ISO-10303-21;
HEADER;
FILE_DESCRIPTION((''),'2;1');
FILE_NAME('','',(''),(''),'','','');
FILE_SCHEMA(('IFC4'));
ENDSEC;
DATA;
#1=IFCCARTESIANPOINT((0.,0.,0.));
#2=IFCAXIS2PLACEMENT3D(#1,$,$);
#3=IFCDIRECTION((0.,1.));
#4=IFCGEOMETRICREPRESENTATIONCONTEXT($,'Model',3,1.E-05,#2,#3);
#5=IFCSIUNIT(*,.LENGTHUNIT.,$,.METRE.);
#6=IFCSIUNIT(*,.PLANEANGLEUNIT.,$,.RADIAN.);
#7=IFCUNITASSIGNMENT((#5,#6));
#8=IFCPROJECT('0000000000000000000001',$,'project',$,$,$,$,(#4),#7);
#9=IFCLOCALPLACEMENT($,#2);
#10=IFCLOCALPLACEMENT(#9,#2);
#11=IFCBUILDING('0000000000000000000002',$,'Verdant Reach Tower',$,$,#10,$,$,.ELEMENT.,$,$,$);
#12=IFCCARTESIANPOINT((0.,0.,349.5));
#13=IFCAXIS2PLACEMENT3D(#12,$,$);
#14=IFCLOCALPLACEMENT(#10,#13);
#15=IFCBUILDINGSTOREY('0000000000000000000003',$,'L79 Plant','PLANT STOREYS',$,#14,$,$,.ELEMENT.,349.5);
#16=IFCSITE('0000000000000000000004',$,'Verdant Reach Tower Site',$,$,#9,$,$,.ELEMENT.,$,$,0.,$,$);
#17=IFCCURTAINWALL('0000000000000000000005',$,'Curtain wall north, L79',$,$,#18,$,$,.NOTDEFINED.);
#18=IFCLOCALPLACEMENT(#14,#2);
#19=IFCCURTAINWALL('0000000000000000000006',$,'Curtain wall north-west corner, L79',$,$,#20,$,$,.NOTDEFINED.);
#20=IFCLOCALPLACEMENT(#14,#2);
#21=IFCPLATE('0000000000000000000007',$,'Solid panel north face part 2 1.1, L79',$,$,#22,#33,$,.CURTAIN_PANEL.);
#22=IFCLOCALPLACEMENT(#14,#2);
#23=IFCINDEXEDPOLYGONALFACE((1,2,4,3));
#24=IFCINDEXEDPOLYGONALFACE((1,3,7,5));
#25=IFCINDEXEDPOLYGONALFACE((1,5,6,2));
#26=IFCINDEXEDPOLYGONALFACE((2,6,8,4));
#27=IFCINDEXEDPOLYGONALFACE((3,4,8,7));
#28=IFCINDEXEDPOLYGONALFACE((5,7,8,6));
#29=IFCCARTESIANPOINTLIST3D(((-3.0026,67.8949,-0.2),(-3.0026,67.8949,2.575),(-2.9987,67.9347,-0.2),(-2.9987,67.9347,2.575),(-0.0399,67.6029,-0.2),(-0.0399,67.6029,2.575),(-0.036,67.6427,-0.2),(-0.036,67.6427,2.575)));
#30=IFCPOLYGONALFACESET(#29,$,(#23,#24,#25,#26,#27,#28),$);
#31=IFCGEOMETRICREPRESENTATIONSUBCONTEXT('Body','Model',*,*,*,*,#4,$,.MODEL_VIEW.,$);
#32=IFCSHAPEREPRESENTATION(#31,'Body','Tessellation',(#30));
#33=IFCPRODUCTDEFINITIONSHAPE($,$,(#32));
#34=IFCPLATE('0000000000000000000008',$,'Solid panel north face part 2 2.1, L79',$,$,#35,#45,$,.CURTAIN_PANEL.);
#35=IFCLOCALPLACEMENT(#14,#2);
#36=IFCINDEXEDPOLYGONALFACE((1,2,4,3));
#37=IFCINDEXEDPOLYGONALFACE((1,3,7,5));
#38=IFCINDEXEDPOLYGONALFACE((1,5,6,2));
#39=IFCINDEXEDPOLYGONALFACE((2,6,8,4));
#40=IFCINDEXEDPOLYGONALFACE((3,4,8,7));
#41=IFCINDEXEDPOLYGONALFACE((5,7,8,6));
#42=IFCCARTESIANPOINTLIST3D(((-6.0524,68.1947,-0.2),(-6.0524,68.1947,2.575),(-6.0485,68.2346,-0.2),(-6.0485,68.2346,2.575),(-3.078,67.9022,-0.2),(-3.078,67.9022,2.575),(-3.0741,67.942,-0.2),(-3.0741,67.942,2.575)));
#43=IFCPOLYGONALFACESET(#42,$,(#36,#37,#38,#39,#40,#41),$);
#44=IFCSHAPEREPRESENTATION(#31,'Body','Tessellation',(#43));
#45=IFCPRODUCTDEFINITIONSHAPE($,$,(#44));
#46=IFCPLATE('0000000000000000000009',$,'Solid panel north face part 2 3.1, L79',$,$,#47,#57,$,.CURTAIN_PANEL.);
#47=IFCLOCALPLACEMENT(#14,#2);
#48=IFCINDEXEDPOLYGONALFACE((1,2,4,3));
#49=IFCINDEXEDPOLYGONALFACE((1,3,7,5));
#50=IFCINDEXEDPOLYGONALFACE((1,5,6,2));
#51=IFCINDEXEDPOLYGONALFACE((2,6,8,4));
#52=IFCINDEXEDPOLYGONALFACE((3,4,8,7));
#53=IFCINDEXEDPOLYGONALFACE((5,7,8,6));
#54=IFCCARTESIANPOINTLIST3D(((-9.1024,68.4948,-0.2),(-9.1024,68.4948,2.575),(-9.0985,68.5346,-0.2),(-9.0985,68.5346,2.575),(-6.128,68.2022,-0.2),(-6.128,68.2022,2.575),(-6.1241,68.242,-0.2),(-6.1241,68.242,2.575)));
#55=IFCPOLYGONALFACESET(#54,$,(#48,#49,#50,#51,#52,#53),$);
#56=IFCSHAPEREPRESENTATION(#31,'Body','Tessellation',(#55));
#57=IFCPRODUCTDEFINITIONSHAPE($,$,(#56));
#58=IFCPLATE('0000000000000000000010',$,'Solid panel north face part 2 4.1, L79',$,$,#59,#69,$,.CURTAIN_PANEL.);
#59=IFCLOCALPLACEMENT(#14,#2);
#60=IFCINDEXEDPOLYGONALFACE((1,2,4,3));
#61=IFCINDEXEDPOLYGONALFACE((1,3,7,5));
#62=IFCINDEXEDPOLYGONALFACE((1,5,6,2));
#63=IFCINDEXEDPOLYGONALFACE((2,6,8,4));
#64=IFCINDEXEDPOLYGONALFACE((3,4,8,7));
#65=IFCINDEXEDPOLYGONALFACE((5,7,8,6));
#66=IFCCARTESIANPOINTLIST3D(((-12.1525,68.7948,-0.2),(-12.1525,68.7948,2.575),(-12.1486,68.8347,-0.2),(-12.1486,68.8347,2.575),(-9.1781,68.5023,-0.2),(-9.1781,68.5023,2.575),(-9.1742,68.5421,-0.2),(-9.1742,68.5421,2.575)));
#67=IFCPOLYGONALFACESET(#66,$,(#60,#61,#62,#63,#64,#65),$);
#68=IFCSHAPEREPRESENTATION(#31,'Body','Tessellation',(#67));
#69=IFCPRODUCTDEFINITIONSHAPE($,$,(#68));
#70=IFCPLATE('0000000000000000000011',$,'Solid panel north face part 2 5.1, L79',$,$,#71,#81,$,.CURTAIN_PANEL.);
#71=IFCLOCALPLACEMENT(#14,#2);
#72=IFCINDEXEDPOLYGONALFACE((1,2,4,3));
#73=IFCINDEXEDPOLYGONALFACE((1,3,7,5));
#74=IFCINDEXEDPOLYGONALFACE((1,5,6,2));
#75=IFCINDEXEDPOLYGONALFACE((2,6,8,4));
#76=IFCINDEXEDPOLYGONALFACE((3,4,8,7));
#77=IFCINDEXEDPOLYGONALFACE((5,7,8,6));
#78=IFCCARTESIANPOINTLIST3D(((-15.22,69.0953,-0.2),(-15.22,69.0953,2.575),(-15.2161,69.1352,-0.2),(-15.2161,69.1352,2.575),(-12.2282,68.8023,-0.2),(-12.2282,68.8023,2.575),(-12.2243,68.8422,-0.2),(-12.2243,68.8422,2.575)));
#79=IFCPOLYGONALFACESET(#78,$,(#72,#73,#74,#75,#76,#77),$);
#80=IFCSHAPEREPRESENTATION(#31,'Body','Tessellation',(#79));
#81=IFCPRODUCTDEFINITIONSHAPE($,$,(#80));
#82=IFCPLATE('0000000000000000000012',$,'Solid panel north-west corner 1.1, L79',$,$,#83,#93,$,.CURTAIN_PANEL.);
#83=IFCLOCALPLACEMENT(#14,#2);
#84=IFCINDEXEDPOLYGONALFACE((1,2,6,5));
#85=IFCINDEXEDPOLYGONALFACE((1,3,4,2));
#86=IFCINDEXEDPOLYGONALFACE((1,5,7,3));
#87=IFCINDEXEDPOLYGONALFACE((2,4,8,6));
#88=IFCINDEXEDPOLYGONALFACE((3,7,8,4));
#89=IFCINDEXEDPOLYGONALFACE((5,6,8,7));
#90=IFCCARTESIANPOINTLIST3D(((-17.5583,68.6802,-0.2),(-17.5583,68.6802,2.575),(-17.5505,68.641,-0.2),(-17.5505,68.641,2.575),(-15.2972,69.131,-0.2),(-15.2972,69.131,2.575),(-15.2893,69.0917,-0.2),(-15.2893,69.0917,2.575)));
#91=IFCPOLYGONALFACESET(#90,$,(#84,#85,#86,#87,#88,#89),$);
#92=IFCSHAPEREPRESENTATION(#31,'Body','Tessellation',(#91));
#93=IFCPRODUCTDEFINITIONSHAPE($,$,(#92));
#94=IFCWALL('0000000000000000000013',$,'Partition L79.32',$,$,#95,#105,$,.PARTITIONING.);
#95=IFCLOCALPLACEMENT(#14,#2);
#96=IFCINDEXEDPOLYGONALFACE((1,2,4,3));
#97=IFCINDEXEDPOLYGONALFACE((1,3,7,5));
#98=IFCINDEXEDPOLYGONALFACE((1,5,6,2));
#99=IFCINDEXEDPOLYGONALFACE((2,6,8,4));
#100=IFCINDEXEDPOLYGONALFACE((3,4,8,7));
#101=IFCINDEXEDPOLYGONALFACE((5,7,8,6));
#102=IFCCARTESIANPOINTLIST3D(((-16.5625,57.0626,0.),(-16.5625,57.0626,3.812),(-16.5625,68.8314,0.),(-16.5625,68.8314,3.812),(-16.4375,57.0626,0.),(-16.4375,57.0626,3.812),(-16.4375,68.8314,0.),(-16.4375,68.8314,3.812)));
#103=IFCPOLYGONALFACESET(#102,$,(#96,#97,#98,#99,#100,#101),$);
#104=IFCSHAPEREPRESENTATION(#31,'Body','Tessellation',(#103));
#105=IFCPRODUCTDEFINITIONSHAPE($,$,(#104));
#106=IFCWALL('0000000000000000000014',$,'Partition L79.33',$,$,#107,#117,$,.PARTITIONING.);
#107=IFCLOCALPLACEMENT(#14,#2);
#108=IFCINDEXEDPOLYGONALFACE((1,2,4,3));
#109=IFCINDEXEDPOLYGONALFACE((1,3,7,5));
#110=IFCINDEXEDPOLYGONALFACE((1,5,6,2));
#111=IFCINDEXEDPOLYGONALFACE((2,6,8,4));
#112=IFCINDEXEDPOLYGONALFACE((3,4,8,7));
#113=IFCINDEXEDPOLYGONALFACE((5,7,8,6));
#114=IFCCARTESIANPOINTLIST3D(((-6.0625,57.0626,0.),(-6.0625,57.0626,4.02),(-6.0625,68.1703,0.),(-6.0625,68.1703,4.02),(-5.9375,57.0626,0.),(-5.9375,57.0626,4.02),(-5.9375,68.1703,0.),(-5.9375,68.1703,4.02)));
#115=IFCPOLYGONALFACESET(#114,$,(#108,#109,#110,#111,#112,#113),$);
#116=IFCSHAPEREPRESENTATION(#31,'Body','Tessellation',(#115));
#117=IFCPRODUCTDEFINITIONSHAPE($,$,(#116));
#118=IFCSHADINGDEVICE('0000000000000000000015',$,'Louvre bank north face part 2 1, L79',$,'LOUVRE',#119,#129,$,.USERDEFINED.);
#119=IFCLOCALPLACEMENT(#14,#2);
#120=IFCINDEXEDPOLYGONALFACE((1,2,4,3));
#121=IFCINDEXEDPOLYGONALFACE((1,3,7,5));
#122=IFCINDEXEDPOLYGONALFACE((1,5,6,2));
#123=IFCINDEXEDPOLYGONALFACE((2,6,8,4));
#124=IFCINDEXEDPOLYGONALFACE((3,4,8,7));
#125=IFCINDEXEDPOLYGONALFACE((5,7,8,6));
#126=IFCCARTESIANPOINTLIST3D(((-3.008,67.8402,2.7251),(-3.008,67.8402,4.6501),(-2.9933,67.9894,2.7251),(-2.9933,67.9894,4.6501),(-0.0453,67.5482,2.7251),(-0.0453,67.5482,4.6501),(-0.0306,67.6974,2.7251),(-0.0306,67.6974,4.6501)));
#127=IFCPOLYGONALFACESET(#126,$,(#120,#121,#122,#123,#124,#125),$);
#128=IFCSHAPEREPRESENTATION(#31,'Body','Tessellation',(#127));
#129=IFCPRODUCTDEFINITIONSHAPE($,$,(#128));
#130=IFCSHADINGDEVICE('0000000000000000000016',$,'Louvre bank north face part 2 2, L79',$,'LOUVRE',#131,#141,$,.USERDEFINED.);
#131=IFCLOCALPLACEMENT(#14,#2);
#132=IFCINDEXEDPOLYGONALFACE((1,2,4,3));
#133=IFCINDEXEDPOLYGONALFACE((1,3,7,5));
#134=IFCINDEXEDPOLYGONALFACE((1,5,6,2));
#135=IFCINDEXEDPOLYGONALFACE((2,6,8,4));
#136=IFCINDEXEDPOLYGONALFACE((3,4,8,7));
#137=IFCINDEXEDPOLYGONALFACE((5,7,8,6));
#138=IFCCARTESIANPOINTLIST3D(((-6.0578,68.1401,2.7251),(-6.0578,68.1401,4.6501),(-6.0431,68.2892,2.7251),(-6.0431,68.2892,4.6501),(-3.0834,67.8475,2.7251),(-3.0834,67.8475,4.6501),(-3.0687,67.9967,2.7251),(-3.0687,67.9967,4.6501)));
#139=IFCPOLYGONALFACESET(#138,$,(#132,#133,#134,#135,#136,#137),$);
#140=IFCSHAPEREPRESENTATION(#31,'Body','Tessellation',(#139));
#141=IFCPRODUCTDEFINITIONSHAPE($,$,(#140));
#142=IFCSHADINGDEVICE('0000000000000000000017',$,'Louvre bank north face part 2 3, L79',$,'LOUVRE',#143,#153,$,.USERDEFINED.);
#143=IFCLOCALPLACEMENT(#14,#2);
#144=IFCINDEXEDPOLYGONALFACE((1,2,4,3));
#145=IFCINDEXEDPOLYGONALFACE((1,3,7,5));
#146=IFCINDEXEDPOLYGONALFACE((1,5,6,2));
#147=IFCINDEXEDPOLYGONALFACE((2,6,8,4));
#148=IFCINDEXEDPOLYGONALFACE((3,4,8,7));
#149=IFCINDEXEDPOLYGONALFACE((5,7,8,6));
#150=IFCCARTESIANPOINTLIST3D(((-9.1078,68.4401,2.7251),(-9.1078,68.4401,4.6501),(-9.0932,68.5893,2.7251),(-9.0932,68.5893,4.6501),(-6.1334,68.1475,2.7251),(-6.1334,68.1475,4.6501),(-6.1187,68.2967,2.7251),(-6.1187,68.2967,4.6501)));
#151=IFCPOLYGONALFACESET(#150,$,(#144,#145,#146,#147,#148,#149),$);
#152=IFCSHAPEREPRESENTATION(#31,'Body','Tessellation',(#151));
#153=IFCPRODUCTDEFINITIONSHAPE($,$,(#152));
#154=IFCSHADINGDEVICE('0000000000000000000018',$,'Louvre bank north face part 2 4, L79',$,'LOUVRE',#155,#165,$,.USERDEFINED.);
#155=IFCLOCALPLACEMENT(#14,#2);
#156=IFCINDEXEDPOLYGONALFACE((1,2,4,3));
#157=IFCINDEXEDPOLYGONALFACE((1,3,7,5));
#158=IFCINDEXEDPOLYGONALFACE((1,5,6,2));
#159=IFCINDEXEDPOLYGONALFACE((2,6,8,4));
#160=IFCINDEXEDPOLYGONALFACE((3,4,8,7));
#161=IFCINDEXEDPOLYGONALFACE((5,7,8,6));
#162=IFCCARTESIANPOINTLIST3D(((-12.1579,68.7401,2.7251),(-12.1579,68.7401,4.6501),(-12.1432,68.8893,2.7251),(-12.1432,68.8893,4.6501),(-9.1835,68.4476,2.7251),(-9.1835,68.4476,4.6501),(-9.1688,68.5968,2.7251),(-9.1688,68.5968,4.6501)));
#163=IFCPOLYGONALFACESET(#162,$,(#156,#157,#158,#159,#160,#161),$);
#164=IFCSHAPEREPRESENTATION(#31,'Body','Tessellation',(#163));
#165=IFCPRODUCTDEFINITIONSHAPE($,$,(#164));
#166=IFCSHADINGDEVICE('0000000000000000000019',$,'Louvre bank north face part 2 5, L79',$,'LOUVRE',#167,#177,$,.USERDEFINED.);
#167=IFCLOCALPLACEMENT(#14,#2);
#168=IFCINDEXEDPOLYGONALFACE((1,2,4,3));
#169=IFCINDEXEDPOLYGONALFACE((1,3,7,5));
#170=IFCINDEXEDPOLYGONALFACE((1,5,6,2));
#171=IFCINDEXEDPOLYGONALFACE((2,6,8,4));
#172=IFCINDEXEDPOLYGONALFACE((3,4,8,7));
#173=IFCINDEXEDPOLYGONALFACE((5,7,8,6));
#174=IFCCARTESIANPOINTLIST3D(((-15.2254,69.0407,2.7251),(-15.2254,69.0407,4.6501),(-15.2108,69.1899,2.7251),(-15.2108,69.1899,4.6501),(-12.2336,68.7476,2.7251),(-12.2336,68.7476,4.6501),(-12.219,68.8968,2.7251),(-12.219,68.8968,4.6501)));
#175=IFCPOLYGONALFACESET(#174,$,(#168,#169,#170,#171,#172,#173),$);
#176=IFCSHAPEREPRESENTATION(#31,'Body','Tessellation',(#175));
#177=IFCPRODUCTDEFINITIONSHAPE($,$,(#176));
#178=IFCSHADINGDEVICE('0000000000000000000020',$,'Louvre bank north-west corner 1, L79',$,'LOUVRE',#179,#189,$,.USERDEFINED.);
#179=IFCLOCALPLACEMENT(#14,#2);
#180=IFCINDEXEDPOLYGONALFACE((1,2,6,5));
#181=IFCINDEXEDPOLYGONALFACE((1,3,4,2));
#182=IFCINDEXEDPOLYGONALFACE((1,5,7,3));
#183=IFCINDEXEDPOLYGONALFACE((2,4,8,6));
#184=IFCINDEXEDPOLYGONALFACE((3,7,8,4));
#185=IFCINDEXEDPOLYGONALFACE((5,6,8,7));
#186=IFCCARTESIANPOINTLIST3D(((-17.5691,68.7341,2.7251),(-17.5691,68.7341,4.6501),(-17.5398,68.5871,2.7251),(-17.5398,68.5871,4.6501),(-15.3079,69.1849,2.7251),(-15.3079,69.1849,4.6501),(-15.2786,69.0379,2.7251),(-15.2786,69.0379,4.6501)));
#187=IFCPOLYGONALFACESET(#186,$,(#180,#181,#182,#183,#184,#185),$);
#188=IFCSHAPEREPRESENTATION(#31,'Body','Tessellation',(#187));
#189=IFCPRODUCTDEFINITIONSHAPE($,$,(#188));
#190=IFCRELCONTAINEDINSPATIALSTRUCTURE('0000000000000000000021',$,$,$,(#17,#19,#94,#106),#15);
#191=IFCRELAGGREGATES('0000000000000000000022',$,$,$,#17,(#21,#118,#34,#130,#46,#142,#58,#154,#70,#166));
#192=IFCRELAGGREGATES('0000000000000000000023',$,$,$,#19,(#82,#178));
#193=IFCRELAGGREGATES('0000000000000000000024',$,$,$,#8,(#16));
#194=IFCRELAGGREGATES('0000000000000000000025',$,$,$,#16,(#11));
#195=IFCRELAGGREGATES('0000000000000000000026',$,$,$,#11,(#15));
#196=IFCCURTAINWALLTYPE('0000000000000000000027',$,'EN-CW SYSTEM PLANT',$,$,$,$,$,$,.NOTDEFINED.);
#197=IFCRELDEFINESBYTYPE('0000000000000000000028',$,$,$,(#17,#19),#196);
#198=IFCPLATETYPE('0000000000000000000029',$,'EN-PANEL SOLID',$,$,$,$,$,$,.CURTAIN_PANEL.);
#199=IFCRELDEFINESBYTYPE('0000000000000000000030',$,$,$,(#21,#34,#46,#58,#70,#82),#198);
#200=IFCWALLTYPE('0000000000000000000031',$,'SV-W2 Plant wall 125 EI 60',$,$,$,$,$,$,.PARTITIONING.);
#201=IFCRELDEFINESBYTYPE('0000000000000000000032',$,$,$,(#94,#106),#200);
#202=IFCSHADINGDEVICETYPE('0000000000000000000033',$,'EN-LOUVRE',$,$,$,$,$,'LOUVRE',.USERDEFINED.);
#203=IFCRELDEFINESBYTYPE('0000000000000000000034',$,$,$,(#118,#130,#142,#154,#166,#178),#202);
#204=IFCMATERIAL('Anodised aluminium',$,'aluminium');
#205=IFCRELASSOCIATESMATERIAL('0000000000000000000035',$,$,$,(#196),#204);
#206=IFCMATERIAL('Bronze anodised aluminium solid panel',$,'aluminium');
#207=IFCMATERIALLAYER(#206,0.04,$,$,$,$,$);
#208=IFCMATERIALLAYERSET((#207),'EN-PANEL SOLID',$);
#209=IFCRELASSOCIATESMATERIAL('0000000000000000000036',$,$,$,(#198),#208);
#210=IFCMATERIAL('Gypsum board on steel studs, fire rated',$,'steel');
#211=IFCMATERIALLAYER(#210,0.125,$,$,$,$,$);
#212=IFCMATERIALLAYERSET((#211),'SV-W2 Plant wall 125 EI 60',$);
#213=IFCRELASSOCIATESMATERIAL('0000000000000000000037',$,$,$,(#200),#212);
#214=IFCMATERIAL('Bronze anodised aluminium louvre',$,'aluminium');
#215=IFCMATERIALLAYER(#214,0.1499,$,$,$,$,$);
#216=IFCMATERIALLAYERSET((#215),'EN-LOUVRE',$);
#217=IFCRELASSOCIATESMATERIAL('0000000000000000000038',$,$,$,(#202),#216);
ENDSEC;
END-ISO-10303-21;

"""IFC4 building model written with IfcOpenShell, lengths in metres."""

from ifc_helpers import new_model, si_unit, direction, frame, frame_2d, origin, origin_2d, place, context, subcontext, project, spatial, rectangle, extrude, material, layer, layer_set, type_object, element, aggregate, save


model = new_model("IFC4")

# Units and contexts
model_context = context("Model", 3, precision=1e-05, world=origin(), true_north=direction((0.0, 1.0)))
body_context = subcontext(model_context, "Body", "Model", "MODEL_VIEW")
ifc_project = project(units=[si_unit("LENGTHUNIT", "METRE"), si_unit("PLANEANGLEUNIT", "RADIAN")], contexts=[model_context])

# Site, building, storey
site_placement = place(None, origin())
site = spatial("IfcSite", under=ifc_project, at=site_placement, Name="Verdant Reach Tower Site", CompositionType="ELEMENT", RefElevation=0.0)
building_placement = place(site_placement, origin())
building = spatial("IfcBuilding", under=site, at=building_placement, Name="Verdant Reach Tower", CompositionType="ELEMENT")
storey_placement = place(building_placement, frame((0.0, 0.0, 349.5)))
storey = spatial("IfcBuildingStorey", under=building, at=storey_placement, Name="L79 Plant", Description="PLANT STOREYS", CompositionType="ELEMENT", Elevation=349.5)

# Curtain wall
ifc_material_1 = material(Name="Anodised aluminium", Category="aluminium")
curtain_wall_type = type_object("IfcCurtainWallType", Name="EN-CW SYSTEM PLANT", PredefinedType="NOTDEFINED", material=ifc_material_1)
curtain_wall_1_placement = place(storey_placement, origin())
curtain_wall_1 = element("IfcCurtainWall", 1, at=curtain_wall_1_placement, inside=storey, type_object=curtain_wall_type, Name="Curtain wall north, L79", PredefinedType="NOTDEFINED")

# Curtain wall
curtain_wall_2_placement = place(storey_placement, origin())
curtain_wall_2 = element("IfcCurtainWall", 2, at=curtain_wall_2_placement, inside=storey, type_object=curtain_wall_type, Name="Curtain wall north-west corner, L79", PredefinedType="NOTDEFINED")

# Plates
ifc_material_2 = material(Name="Bronze anodised aluminium solid panel", Category="aluminium")
ifc_layer_1 = layer(ifc_material_2, 0.04)
ifc_layer_set_1 = layer_set([ifc_layer_1], Name="EN-PANEL SOLID")
plate_type = type_object("IfcPlateType", Name="EN-PANEL SOLID", PredefinedType="CURTAIN_PANEL", material=ifc_layer_set_1)
plate_1_placement = place(storey_placement, frame((-1.5193, 67.7688, -0.2), z_axis=(0.0, 0.0, 1.0), x_axis=(-0.995179, 0.098075, 0.0)))
plate_1 = element("IfcPlate", 3, at=plate_1_placement, type_object=plate_type, Name="Solid panel north face part 2 1.1, L79", PredefinedType="CURTAIN_PANEL", context=body_context, shape_type="SweptSolid", body=[
    extrude(rectangle(XDim=2.9771, YDim=0.04, at=origin_2d()), origin(), (0.0, 0.0, 1.0), 2.7749),
])
plate_2_placement = place(storey_placement, frame((-4.5632, 68.0684, -0.2), z_axis=(0.0, 0.0, 1.0), x_axis=(-0.995197, 0.097888, 0.0)))
plate_2 = element("IfcPlate", 4, at=plate_2_placement, type_object=plate_type, Name="Solid panel north face part 2 2.1, L79", PredefinedType="CURTAIN_PANEL", context=body_context, shape_type="SweptSolid", body=[
    extrude(rectangle(XDim=2.9888, YDim=0.04, at=origin_2d()), origin(), (0.0, 0.0, 1.0), 2.7749),
])
plate_3_placement = place(storey_placement, frame((-7.6133, 68.3684, -0.2), z_axis=(0.0, 0.0, 1.0), x_axis=(-0.995197, 0.097888, 0.0)))
plate_3 = element("IfcPlate", 5, at=plate_3_placement, type_object=plate_type, Name="Solid panel north face part 2 3.1, L79", PredefinedType="CURTAIN_PANEL", context=body_context, shape_type="SweptSolid", body=[
    extrude(rectangle(XDim=2.9888, YDim=0.04, at=origin_2d()), origin(), (0.0, 0.0, 1.0), 2.7749),
])
plate_4_placement = place(storey_placement, frame((-10.6633, 68.6685, -0.2), z_axis=(0.0, 0.0, 1.0), x_axis=(-0.995197, 0.097888, 0.0)))
plate_4 = element("IfcPlate", 6, at=plate_4_placement, type_object=plate_type, Name="Solid panel north face part 2 4.1, L79", PredefinedType="CURTAIN_PANEL", context=body_context, shape_type="SweptSolid", body=[
    extrude(rectangle(XDim=2.9888, YDim=0.04, at=origin_2d()), origin(), (0.0, 0.0, 1.0), 2.7749),
])
plate_5_placement = place(storey_placement, frame((-13.7222, 68.9688, -0.2), z_axis=(0.0, 0.0, 1.0), x_axis=(-0.995238, 0.097473, 0.0)))
plate_5 = element("IfcPlate", 7, at=plate_5_placement, type_object=plate_type, Name="Solid panel north face part 2 5.1, L79", PredefinedType="CURTAIN_PANEL", context=body_context, shape_type="SweptSolid", body=[
    extrude(rectangle(XDim=3.0061, YDim=0.04, at=origin_2d()), origin(), (0.0, 0.0, 1.0), 2.7749),
])
plate_6_placement = place(storey_placement, frame((-16.4238, 68.886, -0.2), z_axis=(0.0, 0.0, 1.0), x_axis=(-0.980705, -0.195493, 0.0)))
plate_6 = element("IfcPlate", 8, at=plate_6_placement, type_object=plate_type, Name="Solid panel north-west corner 1.1, L79", PredefinedType="CURTAIN_PANEL", context=body_context, shape_type="SweptSolid", body=[
    extrude(rectangle(XDim=2.3057, YDim=0.04, at=origin_2d()), origin(), (0.0, 0.0, 1.0), 2.7749),
])

# Walls
ifc_material_3 = material(Name="Gypsum board on steel studs, fire rated", Category="steel")
ifc_layer_2 = layer(ifc_material_3, 0.125)
ifc_layer_set_2 = layer_set([ifc_layer_2], Name="SV-W2 Plant wall 125 EI 60")
wall_type = type_object("IfcWallType", Name="SV-W2 Plant wall 125 EI 60", PredefinedType="PARTITIONING", material=ifc_layer_set_2)
wall_1_placement = place(storey_placement, frame((-16.5, 68.8313, 0.0), z_axis=(0.0, 0.0, 1.0), x_axis=(0.0, -1.0, 0.0)))
element("IfcWall", 9, at=wall_1_placement, inside=storey, type_object=wall_type, Name="Partition L79.32", PredefinedType="PARTITIONING", context=body_context, shape_type="SweptSolid", body=[
    extrude(rectangle(XDim=11.7688, YDim=0.125, at=frame_2d((5.8843, 0.0))), origin(), (0.0, 0.0, 1.0), 3.812),
])
wall_2_placement = place(storey_placement, frame((-6.0, 68.1702, 0.0), z_axis=(0.0, 0.0, 1.0), x_axis=(0.0, -1.0, 0.0)))
element("IfcWall", 10, at=wall_2_placement, inside=storey, type_object=wall_type, Name="Partition L79.33", PredefinedType="PARTITIONING", context=body_context, shape_type="SweptSolid", body=[
    extrude(rectangle(XDim=11.1077, YDim=0.125, at=frame_2d((5.5537, 0.0))), origin(), (0.0, 0.0, 1.0), 4.02),
])

# Shading devices
ifc_material_4 = material(Name="Bronze anodised aluminium louvre", Category="aluminium")
ifc_layer_3 = layer(ifc_material_4, 0.1499)
ifc_layer_set_3 = layer_set([ifc_layer_3], Name="EN-LOUVRE")
shading_device_type = type_object("IfcShadingDeviceType", Name="EN-LOUVRE", ElementType="LOUVRE", PredefinedType="USERDEFINED", material=ifc_layer_set_3)
shading_device_1_placement = place(storey_placement, frame((-1.5193, 67.7688, 2.7251), z_axis=(0.0, 0.0, 1.0), x_axis=(-0.995179, 0.098075, 0.0)))
shading_device_1 = element("IfcShadingDevice", 11, at=shading_device_1_placement, type_object=shading_device_type, Name="Louvre bank north face part 2 1, L79", ObjectType="LOUVRE", PredefinedType="USERDEFINED", context=body_context, shape_type="SweptSolid", body=[
    extrude(rectangle(XDim=2.9771, YDim=0.1499, at=origin_2d()), origin(), (0.0, 0.0, 1.0), 1.925),
])
shading_device_2_placement = place(storey_placement, frame((-4.5632, 68.0684, 2.7251), z_axis=(0.0, 0.0, 1.0), x_axis=(-0.995197, 0.097888, 0.0)))
shading_device_2 = element("IfcShadingDevice", 12, at=shading_device_2_placement, type_object=shading_device_type, Name="Louvre bank north face part 2 2, L79", ObjectType="LOUVRE", PredefinedType="USERDEFINED", context=body_context, shape_type="SweptSolid", body=[
    extrude(rectangle(XDim=2.9888, YDim=0.1499, at=origin_2d()), origin(), (0.0, 0.0, 1.0), 1.925),
])
shading_device_3_placement = place(storey_placement, frame((-7.6133, 68.3684, 2.7251), z_axis=(0.0, 0.0, 1.0), x_axis=(-0.995197, 0.097888, 0.0)))
shading_device_3 = element("IfcShadingDevice", 13, at=shading_device_3_placement, type_object=shading_device_type, Name="Louvre bank north face part 2 3, L79", ObjectType="LOUVRE", PredefinedType="USERDEFINED", context=body_context, shape_type="SweptSolid", body=[
    extrude(rectangle(XDim=2.9888, YDim=0.1499, at=origin_2d()), origin(), (0.0, 0.0, 1.0), 1.925),
])
shading_device_4_placement = place(storey_placement, frame((-10.6633, 68.6685, 2.7251), z_axis=(0.0, 0.0, 1.0), x_axis=(-0.995197, 0.097888, 0.0)))
shading_device_4 = element("IfcShadingDevice", 14, at=shading_device_4_placement, type_object=shading_device_type, Name="Louvre bank north face part 2 4, L79", ObjectType="LOUVRE", PredefinedType="USERDEFINED", context=body_context, shape_type="SweptSolid", body=[
    extrude(rectangle(XDim=2.9888, YDim=0.1499, at=origin_2d()), origin(), (0.0, 0.0, 1.0), 1.925),
])
shading_device_5_placement = place(storey_placement, frame((-13.7222, 68.9688, 2.7251), z_axis=(0.0, 0.0, 1.0), x_axis=(-0.995238, 0.097473, 0.0)))
shading_device_5 = element("IfcShadingDevice", 15, at=shading_device_5_placement, type_object=shading_device_type, Name="Louvre bank north face part 2 5, L79", ObjectType="LOUVRE", PredefinedType="USERDEFINED", context=body_context, shape_type="SweptSolid", body=[
    extrude(rectangle(XDim=3.0061, YDim=0.1499, at=origin_2d()), origin(), (0.0, 0.0, 1.0), 1.925),
])
aggregate(curtain_wall_1, [plate_1, shading_device_1, plate_2, shading_device_2, plate_3, shading_device_3, plate_4, shading_device_4, plate_5, shading_device_5])
shading_device_6_placement = place(storey_placement, frame((-16.4238, 68.886, 2.7251), z_axis=(0.0, 0.0, 1.0), x_axis=(-0.980705, -0.195493, 0.0)))
shading_device_6 = element("IfcShadingDevice", 16, at=shading_device_6_placement, type_object=shading_device_type, Name="Louvre bank north-west corner 1, L79", ObjectType="LOUVRE", PredefinedType="USERDEFINED", context=body_context, shape_type="SweptSolid", body=[
    extrude(rectangle(XDim=2.3057, YDim=0.1499, at=origin_2d()), origin(), (0.0, 0.0, 1.0), 1.925),
])
aggregate(curtain_wall_2, [plate_6, shading_device_6])

save(model, "model.ifc")
